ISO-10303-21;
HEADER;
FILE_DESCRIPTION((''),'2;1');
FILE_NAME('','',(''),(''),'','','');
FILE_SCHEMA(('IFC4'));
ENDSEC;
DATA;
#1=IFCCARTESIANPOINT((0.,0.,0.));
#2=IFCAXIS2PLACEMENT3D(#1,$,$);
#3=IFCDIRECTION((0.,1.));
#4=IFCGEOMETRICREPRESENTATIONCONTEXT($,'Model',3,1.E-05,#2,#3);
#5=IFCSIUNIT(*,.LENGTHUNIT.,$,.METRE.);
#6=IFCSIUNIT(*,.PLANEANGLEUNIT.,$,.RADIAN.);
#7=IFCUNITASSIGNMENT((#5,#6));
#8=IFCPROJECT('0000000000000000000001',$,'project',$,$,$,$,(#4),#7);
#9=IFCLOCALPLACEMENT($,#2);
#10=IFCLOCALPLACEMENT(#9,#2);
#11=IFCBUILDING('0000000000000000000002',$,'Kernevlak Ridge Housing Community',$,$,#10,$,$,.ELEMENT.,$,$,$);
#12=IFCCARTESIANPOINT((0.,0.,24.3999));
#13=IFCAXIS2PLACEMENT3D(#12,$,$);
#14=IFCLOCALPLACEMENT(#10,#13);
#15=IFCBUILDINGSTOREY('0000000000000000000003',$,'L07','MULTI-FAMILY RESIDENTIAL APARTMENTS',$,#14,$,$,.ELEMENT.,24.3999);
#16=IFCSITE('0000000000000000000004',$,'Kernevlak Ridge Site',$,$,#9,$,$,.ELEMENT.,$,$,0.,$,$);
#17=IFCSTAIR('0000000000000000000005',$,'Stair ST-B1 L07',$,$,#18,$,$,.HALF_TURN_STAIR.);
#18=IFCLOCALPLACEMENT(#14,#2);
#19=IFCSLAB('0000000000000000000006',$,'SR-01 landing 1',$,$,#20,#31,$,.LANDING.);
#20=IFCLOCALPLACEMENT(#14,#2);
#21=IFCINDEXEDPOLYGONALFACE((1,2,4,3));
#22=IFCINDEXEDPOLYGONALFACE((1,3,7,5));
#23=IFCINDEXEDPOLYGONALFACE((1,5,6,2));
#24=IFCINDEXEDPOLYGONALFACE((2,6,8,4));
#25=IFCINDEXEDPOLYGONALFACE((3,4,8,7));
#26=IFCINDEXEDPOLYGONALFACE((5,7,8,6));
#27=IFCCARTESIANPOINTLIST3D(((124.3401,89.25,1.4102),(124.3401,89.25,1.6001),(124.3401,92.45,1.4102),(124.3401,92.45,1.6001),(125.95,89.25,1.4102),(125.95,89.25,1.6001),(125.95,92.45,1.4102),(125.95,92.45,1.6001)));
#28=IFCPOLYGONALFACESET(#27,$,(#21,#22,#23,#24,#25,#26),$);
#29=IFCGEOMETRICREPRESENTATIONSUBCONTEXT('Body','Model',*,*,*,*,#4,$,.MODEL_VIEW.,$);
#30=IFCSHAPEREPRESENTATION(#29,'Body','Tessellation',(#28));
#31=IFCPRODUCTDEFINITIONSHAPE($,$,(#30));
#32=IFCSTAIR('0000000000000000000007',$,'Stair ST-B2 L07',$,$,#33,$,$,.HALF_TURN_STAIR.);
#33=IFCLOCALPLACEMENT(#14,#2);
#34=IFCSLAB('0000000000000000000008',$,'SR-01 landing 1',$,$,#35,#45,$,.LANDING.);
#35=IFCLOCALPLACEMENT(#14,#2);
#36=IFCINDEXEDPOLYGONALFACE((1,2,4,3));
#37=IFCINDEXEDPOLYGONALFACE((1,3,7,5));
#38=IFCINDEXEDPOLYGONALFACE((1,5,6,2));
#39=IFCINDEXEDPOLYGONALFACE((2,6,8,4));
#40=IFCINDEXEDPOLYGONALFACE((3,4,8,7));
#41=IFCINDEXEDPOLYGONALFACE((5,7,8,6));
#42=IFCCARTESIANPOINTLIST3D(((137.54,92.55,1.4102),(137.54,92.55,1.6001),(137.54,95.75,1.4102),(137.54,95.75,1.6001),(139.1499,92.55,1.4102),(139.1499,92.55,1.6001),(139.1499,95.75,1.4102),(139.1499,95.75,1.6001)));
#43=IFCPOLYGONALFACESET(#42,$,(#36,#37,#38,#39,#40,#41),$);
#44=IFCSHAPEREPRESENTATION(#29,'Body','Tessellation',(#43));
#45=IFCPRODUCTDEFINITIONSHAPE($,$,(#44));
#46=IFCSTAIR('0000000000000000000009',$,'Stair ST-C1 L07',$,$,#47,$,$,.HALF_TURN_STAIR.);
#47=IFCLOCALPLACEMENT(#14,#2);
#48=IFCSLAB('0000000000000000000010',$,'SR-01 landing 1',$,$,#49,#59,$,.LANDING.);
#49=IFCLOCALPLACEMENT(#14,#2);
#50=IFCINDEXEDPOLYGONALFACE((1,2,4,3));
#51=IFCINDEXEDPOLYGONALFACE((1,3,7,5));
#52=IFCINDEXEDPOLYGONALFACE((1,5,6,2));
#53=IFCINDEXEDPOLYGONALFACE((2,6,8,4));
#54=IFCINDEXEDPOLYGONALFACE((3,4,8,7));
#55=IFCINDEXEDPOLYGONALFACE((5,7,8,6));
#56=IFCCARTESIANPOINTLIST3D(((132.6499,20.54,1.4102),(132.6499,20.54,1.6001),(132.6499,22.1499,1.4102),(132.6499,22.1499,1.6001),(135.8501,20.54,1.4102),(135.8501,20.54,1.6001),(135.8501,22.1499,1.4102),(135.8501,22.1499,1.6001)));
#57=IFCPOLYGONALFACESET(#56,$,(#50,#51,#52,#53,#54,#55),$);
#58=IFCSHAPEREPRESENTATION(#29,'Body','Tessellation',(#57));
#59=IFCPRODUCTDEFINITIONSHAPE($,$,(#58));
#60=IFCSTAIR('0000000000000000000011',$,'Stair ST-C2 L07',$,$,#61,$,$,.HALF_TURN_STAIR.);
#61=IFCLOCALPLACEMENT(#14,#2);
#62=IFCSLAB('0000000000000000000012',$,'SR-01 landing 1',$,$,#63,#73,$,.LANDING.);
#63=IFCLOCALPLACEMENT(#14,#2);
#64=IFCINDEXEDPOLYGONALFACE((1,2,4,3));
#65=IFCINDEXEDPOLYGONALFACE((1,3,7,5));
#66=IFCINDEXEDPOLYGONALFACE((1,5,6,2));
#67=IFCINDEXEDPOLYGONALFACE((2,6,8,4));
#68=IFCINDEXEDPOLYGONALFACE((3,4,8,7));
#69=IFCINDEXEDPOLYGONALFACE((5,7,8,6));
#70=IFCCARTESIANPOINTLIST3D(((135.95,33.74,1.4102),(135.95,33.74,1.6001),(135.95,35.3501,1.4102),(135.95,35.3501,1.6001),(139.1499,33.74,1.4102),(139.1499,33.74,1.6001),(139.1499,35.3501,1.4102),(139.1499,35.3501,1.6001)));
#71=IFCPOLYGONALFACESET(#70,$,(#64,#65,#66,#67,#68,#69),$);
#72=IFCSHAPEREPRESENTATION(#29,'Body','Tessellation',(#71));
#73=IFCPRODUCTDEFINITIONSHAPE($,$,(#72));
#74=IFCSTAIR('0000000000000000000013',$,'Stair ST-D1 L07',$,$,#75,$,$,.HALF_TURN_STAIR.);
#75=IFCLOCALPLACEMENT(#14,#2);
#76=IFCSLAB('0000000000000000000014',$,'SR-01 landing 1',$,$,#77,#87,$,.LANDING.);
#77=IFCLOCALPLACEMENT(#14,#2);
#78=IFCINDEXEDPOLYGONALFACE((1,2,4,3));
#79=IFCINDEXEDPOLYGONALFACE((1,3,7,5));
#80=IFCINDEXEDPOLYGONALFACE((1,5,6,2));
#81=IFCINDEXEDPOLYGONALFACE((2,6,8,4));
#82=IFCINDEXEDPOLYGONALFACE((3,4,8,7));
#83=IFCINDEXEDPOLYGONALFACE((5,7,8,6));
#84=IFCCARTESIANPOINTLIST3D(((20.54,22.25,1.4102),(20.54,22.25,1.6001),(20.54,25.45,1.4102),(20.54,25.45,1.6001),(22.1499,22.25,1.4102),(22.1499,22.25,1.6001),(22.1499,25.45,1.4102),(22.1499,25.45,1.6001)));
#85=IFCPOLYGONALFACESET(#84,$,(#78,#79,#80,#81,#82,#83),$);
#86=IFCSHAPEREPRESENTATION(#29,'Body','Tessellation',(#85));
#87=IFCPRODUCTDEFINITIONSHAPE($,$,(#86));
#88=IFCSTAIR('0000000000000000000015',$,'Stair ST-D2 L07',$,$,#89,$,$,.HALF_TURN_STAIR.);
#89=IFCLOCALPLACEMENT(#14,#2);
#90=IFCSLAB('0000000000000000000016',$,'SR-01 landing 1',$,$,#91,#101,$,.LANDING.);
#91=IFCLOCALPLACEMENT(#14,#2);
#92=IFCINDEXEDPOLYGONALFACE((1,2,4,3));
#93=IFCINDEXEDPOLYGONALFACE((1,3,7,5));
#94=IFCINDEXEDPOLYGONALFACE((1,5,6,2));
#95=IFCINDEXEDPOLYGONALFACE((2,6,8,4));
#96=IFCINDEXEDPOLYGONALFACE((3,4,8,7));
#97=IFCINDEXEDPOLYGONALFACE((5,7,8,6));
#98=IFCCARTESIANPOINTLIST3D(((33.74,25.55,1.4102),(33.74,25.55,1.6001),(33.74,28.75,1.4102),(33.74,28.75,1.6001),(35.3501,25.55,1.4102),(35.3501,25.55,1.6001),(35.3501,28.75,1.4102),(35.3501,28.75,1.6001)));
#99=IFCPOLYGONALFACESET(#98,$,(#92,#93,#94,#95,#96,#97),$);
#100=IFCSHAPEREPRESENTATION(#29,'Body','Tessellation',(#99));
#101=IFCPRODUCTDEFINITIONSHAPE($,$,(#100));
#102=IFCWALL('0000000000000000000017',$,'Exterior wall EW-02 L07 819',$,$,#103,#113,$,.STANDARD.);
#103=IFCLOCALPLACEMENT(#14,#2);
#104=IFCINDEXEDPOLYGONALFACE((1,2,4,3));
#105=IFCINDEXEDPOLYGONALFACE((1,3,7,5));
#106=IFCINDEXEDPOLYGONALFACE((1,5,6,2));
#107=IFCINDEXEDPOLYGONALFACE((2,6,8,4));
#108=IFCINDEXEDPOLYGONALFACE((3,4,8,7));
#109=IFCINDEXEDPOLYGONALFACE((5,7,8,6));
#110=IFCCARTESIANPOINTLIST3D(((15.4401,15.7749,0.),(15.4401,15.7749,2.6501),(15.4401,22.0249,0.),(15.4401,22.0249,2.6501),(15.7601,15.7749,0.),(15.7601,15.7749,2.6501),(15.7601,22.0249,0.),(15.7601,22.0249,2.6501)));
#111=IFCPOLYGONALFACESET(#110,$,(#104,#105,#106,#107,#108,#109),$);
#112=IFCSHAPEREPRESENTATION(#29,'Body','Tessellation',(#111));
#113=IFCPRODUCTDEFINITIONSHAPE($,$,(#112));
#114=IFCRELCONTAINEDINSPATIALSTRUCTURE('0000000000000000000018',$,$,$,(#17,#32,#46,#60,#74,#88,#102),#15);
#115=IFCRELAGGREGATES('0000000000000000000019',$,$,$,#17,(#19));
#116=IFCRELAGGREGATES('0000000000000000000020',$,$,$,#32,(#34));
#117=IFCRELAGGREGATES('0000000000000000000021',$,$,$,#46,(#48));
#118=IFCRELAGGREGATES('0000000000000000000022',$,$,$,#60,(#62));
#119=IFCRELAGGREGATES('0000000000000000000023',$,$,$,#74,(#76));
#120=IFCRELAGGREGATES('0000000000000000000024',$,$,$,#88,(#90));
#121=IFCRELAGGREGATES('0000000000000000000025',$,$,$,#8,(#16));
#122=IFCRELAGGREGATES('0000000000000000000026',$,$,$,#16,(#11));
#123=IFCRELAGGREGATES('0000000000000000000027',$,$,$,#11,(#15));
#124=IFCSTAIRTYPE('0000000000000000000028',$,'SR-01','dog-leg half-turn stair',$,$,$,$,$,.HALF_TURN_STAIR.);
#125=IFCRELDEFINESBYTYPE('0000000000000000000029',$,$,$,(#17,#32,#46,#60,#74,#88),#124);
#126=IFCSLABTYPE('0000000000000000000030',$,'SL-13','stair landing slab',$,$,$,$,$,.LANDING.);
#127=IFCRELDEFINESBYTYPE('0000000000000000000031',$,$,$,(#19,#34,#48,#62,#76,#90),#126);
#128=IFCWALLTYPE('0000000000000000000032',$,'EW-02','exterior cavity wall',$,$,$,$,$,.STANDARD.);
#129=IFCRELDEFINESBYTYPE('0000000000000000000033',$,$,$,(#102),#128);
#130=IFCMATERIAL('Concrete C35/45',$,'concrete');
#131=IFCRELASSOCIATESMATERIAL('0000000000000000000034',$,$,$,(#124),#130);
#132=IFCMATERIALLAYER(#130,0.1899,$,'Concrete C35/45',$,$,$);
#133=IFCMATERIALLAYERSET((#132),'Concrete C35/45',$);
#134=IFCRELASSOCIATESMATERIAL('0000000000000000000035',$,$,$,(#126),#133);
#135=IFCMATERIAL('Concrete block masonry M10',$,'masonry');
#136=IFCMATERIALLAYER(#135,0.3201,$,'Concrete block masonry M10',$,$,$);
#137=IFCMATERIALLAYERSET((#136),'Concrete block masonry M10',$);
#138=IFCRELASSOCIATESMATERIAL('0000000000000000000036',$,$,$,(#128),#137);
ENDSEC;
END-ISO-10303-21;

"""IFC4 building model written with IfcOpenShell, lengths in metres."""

from ifc_helpers import new_model, si_unit, direction, frame, frame_2d, origin, place, context, subcontext, project, spatial, polyline, rectangle, outline, extrude, material, layer, layer_set, type_object, element, aggregate, save


model = new_model("IFC4")

# Units and contexts
model_context = context("Model", 3, precision=1e-05, world=origin(), true_north=direction((0.0, 1.0)))
body_context = subcontext(model_context, "Body", "Model", "MODEL_VIEW")
ifc_project = project(units=[si_unit("LENGTHUNIT", "METRE"), si_unit("PLANEANGLEUNIT", "RADIAN")], contexts=[model_context])

# Site, building, storey
site_placement = place(None, origin())
site = spatial("IfcSite", under=ifc_project, at=site_placement, Name="Kernevlak Ridge Site", CompositionType="ELEMENT", RefElevation=0.0)
building_placement = place(site_placement, origin())
building = spatial("IfcBuilding", under=site, at=building_placement, Name="Kernevlak Ridge Housing Community", CompositionType="ELEMENT")
storey_placement = place(building_placement, frame((0.0, 0.0, 24.3999)))
storey = spatial("IfcBuildingStorey", under=building, at=storey_placement, Name="L07", Description="MULTI-FAMILY RESIDENTIAL APARTMENTS", CompositionType="ELEMENT", Elevation=24.3999)

# Shared definitions
ifc_material_1 = material(Name="Concrete C35/45", Category="concrete")

# Stairs, slabs
stair_type = type_object("IfcStairType", Name="SR-01", Description="dog-leg half-turn stair", PredefinedType="HALF_TURN_STAIR", material=ifc_material_1)
ifc_layer_1 = layer(ifc_material_1, 0.1899, Name="Concrete C35/45")
ifc_layer_set_1 = layer_set([ifc_layer_1], Name="Concrete C35/45")
slab_type_1 = type_object("IfcSlabType", Name="SL-13", Description="stair landing slab", PredefinedType="LANDING", material=ifc_layer_set_1)
stair_1_placement = place(storey_placement, origin())
stair_1 = element("IfcStair", 1, at=stair_1_placement, inside=storey, type_object=stair_type, Name="Stair ST-B1 L07", PredefinedType="HALF_TURN_STAIR")
slab_1_placement = place(storey_placement, frame((0.0, 0.0, 1.4102)))
slab_1 = element("IfcSlab", 2, at=slab_1_placement, type_object=slab_type_1, Name="SR-01 landing 1", PredefinedType="LANDING", context=body_context, shape_type="SweptSolid", body=[
    extrude(outline(polyline([(124.3401, 89.25), (125.95, 89.25), (125.95, 92.45), (124.3401, 92.45), (124.3401, 89.25)])), origin(), (0.0, 0.0, 1.0), 0.1899),
])
aggregate(stair_1, [slab_1])
stair_2_placement = place(storey_placement, origin())
stair_2 = element("IfcStair", 3, at=stair_2_placement, inside=storey, type_object=stair_type, Name="Stair ST-B2 L07", PredefinedType="HALF_TURN_STAIR")
slab_2_placement = place(storey_placement, frame((0.0, 0.0, 1.4102)))
slab_2 = element("IfcSlab", 4, at=slab_2_placement, type_object=slab_type_1, Name="SR-01 landing 1", PredefinedType="LANDING", context=body_context, shape_type="SweptSolid", body=[
    extrude(outline(polyline([(137.54, 92.55), (139.1499, 92.55), (139.1499, 95.75), (137.54, 95.75), (137.54, 92.55)])), origin(), (0.0, 0.0, 1.0), 0.1899),
])
aggregate(stair_2, [slab_2])
stair_3_placement = place(storey_placement, origin())
stair_3 = element("IfcStair", 5, at=stair_3_placement, inside=storey, type_object=stair_type, Name="Stair ST-C1 L07", PredefinedType="HALF_TURN_STAIR")
slab_3_placement = place(storey_placement, frame((0.0, 0.0, 1.4102)))
slab_3 = element("IfcSlab", 6, at=slab_3_placement, type_object=slab_type_1, Name="SR-01 landing 1", PredefinedType="LANDING", context=body_context, shape_type="SweptSolid", body=[
    extrude(outline(polyline([(135.8501, 20.54), (135.8501, 22.1499), (132.6499, 22.1499), (132.6499, 20.54), (135.8501, 20.54)])), origin(), (0.0, 0.0, 1.0), 0.1899),
])
aggregate(stair_3, [slab_3])
stair_4_placement = place(storey_placement, origin())
stair_4 = element("IfcStair", 7, at=stair_4_placement, inside=storey, type_object=stair_type, Name="Stair ST-C2 L07", PredefinedType="HALF_TURN_STAIR")
slab_4_placement = place(storey_placement, frame((0.0, 0.0, 1.4102)))
slab_4 = element("IfcSlab", 8, at=slab_4_placement, type_object=slab_type_1, Name="SR-01 landing 1", PredefinedType="LANDING", context=body_context, shape_type="SweptSolid", body=[
    extrude(outline(polyline([(139.1499, 33.74), (139.1499, 35.3501), (135.95, 35.3501), (135.95, 33.74), (139.1499, 33.74)])), origin(), (0.0, 0.0, 1.0), 0.1899),
])
aggregate(stair_4, [slab_4])
stair_5_placement = place(storey_placement, origin())
stair_5 = element("IfcStair", 9, at=stair_5_placement, inside=storey, type_object=stair_type, Name="Stair ST-D1 L07", PredefinedType="HALF_TURN_STAIR")
slab_5_placement = place(storey_placement, frame((0.0, 0.0, 1.4102)))
slab_5 = element("IfcSlab", 10, at=slab_5_placement, type_object=slab_type_1, Name="SR-01 landing 1", PredefinedType="LANDING", context=body_context, shape_type="SweptSolid", body=[
    extrude(outline(polyline([(20.54, 22.25), (22.1499, 22.25), (22.1499, 25.45), (20.54, 25.45), (20.54, 22.25)])), origin(), (0.0, 0.0, 1.0), 0.1899),
])
aggregate(stair_5, [slab_5])
stair_6_placement = place(storey_placement, origin())
stair_6 = element("IfcStair", 11, at=stair_6_placement, inside=storey, type_object=stair_type, Name="Stair ST-D2 L07", PredefinedType="HALF_TURN_STAIR")
slab_6_placement = place(storey_placement, frame((0.0, 0.0, 1.4102)))
slab_6 = element("IfcSlab", 12, at=slab_6_placement, type_object=slab_type_1, Name="SR-01 landing 1", PredefinedType="LANDING", context=body_context, shape_type="SweptSolid", body=[
    extrude(outline(polyline([(33.74, 25.55), (35.3501, 25.55), (35.3501, 28.75), (33.74, 28.75), (33.74, 25.55)])), origin(), (0.0, 0.0, 1.0), 0.1899),
])
aggregate(stair_6, [slab_6])

# Wall
ifc_material_2 = material(Name="Concrete block masonry M10", Category="masonry")
ifc_layer_2 = layer(ifc_material_2, 0.3201, Name="Concrete block masonry M10")
ifc_layer_set_2 = layer_set([ifc_layer_2], Name="Concrete block masonry M10")
wall_type = type_object("IfcWallType", Name="EW-02", Description="exterior cavity wall", PredefinedType="STANDARD", material=ifc_layer_set_2)
wall_placement = place(storey_placement, frame((15.6001, 15.7749, 0.0), z_axis=(0.0, 0.0, 1.0), x_axis=(0.0, 1.0, 0.0)))
element("IfcWall", 13, at=wall_placement, inside=storey, type_object=wall_type, Name="Exterior wall EW-02 L07 819", PredefinedType="STANDARD", context=body_context, shape_type="SweptSolid", body=[
    extrude(rectangle(XDim=6.25, YDim=0.3201, at=frame_2d((3.125, 0.0))), origin(), (0.0, 0.0, 1.0), 2.6501),
])

save(model, "model.ifc")
